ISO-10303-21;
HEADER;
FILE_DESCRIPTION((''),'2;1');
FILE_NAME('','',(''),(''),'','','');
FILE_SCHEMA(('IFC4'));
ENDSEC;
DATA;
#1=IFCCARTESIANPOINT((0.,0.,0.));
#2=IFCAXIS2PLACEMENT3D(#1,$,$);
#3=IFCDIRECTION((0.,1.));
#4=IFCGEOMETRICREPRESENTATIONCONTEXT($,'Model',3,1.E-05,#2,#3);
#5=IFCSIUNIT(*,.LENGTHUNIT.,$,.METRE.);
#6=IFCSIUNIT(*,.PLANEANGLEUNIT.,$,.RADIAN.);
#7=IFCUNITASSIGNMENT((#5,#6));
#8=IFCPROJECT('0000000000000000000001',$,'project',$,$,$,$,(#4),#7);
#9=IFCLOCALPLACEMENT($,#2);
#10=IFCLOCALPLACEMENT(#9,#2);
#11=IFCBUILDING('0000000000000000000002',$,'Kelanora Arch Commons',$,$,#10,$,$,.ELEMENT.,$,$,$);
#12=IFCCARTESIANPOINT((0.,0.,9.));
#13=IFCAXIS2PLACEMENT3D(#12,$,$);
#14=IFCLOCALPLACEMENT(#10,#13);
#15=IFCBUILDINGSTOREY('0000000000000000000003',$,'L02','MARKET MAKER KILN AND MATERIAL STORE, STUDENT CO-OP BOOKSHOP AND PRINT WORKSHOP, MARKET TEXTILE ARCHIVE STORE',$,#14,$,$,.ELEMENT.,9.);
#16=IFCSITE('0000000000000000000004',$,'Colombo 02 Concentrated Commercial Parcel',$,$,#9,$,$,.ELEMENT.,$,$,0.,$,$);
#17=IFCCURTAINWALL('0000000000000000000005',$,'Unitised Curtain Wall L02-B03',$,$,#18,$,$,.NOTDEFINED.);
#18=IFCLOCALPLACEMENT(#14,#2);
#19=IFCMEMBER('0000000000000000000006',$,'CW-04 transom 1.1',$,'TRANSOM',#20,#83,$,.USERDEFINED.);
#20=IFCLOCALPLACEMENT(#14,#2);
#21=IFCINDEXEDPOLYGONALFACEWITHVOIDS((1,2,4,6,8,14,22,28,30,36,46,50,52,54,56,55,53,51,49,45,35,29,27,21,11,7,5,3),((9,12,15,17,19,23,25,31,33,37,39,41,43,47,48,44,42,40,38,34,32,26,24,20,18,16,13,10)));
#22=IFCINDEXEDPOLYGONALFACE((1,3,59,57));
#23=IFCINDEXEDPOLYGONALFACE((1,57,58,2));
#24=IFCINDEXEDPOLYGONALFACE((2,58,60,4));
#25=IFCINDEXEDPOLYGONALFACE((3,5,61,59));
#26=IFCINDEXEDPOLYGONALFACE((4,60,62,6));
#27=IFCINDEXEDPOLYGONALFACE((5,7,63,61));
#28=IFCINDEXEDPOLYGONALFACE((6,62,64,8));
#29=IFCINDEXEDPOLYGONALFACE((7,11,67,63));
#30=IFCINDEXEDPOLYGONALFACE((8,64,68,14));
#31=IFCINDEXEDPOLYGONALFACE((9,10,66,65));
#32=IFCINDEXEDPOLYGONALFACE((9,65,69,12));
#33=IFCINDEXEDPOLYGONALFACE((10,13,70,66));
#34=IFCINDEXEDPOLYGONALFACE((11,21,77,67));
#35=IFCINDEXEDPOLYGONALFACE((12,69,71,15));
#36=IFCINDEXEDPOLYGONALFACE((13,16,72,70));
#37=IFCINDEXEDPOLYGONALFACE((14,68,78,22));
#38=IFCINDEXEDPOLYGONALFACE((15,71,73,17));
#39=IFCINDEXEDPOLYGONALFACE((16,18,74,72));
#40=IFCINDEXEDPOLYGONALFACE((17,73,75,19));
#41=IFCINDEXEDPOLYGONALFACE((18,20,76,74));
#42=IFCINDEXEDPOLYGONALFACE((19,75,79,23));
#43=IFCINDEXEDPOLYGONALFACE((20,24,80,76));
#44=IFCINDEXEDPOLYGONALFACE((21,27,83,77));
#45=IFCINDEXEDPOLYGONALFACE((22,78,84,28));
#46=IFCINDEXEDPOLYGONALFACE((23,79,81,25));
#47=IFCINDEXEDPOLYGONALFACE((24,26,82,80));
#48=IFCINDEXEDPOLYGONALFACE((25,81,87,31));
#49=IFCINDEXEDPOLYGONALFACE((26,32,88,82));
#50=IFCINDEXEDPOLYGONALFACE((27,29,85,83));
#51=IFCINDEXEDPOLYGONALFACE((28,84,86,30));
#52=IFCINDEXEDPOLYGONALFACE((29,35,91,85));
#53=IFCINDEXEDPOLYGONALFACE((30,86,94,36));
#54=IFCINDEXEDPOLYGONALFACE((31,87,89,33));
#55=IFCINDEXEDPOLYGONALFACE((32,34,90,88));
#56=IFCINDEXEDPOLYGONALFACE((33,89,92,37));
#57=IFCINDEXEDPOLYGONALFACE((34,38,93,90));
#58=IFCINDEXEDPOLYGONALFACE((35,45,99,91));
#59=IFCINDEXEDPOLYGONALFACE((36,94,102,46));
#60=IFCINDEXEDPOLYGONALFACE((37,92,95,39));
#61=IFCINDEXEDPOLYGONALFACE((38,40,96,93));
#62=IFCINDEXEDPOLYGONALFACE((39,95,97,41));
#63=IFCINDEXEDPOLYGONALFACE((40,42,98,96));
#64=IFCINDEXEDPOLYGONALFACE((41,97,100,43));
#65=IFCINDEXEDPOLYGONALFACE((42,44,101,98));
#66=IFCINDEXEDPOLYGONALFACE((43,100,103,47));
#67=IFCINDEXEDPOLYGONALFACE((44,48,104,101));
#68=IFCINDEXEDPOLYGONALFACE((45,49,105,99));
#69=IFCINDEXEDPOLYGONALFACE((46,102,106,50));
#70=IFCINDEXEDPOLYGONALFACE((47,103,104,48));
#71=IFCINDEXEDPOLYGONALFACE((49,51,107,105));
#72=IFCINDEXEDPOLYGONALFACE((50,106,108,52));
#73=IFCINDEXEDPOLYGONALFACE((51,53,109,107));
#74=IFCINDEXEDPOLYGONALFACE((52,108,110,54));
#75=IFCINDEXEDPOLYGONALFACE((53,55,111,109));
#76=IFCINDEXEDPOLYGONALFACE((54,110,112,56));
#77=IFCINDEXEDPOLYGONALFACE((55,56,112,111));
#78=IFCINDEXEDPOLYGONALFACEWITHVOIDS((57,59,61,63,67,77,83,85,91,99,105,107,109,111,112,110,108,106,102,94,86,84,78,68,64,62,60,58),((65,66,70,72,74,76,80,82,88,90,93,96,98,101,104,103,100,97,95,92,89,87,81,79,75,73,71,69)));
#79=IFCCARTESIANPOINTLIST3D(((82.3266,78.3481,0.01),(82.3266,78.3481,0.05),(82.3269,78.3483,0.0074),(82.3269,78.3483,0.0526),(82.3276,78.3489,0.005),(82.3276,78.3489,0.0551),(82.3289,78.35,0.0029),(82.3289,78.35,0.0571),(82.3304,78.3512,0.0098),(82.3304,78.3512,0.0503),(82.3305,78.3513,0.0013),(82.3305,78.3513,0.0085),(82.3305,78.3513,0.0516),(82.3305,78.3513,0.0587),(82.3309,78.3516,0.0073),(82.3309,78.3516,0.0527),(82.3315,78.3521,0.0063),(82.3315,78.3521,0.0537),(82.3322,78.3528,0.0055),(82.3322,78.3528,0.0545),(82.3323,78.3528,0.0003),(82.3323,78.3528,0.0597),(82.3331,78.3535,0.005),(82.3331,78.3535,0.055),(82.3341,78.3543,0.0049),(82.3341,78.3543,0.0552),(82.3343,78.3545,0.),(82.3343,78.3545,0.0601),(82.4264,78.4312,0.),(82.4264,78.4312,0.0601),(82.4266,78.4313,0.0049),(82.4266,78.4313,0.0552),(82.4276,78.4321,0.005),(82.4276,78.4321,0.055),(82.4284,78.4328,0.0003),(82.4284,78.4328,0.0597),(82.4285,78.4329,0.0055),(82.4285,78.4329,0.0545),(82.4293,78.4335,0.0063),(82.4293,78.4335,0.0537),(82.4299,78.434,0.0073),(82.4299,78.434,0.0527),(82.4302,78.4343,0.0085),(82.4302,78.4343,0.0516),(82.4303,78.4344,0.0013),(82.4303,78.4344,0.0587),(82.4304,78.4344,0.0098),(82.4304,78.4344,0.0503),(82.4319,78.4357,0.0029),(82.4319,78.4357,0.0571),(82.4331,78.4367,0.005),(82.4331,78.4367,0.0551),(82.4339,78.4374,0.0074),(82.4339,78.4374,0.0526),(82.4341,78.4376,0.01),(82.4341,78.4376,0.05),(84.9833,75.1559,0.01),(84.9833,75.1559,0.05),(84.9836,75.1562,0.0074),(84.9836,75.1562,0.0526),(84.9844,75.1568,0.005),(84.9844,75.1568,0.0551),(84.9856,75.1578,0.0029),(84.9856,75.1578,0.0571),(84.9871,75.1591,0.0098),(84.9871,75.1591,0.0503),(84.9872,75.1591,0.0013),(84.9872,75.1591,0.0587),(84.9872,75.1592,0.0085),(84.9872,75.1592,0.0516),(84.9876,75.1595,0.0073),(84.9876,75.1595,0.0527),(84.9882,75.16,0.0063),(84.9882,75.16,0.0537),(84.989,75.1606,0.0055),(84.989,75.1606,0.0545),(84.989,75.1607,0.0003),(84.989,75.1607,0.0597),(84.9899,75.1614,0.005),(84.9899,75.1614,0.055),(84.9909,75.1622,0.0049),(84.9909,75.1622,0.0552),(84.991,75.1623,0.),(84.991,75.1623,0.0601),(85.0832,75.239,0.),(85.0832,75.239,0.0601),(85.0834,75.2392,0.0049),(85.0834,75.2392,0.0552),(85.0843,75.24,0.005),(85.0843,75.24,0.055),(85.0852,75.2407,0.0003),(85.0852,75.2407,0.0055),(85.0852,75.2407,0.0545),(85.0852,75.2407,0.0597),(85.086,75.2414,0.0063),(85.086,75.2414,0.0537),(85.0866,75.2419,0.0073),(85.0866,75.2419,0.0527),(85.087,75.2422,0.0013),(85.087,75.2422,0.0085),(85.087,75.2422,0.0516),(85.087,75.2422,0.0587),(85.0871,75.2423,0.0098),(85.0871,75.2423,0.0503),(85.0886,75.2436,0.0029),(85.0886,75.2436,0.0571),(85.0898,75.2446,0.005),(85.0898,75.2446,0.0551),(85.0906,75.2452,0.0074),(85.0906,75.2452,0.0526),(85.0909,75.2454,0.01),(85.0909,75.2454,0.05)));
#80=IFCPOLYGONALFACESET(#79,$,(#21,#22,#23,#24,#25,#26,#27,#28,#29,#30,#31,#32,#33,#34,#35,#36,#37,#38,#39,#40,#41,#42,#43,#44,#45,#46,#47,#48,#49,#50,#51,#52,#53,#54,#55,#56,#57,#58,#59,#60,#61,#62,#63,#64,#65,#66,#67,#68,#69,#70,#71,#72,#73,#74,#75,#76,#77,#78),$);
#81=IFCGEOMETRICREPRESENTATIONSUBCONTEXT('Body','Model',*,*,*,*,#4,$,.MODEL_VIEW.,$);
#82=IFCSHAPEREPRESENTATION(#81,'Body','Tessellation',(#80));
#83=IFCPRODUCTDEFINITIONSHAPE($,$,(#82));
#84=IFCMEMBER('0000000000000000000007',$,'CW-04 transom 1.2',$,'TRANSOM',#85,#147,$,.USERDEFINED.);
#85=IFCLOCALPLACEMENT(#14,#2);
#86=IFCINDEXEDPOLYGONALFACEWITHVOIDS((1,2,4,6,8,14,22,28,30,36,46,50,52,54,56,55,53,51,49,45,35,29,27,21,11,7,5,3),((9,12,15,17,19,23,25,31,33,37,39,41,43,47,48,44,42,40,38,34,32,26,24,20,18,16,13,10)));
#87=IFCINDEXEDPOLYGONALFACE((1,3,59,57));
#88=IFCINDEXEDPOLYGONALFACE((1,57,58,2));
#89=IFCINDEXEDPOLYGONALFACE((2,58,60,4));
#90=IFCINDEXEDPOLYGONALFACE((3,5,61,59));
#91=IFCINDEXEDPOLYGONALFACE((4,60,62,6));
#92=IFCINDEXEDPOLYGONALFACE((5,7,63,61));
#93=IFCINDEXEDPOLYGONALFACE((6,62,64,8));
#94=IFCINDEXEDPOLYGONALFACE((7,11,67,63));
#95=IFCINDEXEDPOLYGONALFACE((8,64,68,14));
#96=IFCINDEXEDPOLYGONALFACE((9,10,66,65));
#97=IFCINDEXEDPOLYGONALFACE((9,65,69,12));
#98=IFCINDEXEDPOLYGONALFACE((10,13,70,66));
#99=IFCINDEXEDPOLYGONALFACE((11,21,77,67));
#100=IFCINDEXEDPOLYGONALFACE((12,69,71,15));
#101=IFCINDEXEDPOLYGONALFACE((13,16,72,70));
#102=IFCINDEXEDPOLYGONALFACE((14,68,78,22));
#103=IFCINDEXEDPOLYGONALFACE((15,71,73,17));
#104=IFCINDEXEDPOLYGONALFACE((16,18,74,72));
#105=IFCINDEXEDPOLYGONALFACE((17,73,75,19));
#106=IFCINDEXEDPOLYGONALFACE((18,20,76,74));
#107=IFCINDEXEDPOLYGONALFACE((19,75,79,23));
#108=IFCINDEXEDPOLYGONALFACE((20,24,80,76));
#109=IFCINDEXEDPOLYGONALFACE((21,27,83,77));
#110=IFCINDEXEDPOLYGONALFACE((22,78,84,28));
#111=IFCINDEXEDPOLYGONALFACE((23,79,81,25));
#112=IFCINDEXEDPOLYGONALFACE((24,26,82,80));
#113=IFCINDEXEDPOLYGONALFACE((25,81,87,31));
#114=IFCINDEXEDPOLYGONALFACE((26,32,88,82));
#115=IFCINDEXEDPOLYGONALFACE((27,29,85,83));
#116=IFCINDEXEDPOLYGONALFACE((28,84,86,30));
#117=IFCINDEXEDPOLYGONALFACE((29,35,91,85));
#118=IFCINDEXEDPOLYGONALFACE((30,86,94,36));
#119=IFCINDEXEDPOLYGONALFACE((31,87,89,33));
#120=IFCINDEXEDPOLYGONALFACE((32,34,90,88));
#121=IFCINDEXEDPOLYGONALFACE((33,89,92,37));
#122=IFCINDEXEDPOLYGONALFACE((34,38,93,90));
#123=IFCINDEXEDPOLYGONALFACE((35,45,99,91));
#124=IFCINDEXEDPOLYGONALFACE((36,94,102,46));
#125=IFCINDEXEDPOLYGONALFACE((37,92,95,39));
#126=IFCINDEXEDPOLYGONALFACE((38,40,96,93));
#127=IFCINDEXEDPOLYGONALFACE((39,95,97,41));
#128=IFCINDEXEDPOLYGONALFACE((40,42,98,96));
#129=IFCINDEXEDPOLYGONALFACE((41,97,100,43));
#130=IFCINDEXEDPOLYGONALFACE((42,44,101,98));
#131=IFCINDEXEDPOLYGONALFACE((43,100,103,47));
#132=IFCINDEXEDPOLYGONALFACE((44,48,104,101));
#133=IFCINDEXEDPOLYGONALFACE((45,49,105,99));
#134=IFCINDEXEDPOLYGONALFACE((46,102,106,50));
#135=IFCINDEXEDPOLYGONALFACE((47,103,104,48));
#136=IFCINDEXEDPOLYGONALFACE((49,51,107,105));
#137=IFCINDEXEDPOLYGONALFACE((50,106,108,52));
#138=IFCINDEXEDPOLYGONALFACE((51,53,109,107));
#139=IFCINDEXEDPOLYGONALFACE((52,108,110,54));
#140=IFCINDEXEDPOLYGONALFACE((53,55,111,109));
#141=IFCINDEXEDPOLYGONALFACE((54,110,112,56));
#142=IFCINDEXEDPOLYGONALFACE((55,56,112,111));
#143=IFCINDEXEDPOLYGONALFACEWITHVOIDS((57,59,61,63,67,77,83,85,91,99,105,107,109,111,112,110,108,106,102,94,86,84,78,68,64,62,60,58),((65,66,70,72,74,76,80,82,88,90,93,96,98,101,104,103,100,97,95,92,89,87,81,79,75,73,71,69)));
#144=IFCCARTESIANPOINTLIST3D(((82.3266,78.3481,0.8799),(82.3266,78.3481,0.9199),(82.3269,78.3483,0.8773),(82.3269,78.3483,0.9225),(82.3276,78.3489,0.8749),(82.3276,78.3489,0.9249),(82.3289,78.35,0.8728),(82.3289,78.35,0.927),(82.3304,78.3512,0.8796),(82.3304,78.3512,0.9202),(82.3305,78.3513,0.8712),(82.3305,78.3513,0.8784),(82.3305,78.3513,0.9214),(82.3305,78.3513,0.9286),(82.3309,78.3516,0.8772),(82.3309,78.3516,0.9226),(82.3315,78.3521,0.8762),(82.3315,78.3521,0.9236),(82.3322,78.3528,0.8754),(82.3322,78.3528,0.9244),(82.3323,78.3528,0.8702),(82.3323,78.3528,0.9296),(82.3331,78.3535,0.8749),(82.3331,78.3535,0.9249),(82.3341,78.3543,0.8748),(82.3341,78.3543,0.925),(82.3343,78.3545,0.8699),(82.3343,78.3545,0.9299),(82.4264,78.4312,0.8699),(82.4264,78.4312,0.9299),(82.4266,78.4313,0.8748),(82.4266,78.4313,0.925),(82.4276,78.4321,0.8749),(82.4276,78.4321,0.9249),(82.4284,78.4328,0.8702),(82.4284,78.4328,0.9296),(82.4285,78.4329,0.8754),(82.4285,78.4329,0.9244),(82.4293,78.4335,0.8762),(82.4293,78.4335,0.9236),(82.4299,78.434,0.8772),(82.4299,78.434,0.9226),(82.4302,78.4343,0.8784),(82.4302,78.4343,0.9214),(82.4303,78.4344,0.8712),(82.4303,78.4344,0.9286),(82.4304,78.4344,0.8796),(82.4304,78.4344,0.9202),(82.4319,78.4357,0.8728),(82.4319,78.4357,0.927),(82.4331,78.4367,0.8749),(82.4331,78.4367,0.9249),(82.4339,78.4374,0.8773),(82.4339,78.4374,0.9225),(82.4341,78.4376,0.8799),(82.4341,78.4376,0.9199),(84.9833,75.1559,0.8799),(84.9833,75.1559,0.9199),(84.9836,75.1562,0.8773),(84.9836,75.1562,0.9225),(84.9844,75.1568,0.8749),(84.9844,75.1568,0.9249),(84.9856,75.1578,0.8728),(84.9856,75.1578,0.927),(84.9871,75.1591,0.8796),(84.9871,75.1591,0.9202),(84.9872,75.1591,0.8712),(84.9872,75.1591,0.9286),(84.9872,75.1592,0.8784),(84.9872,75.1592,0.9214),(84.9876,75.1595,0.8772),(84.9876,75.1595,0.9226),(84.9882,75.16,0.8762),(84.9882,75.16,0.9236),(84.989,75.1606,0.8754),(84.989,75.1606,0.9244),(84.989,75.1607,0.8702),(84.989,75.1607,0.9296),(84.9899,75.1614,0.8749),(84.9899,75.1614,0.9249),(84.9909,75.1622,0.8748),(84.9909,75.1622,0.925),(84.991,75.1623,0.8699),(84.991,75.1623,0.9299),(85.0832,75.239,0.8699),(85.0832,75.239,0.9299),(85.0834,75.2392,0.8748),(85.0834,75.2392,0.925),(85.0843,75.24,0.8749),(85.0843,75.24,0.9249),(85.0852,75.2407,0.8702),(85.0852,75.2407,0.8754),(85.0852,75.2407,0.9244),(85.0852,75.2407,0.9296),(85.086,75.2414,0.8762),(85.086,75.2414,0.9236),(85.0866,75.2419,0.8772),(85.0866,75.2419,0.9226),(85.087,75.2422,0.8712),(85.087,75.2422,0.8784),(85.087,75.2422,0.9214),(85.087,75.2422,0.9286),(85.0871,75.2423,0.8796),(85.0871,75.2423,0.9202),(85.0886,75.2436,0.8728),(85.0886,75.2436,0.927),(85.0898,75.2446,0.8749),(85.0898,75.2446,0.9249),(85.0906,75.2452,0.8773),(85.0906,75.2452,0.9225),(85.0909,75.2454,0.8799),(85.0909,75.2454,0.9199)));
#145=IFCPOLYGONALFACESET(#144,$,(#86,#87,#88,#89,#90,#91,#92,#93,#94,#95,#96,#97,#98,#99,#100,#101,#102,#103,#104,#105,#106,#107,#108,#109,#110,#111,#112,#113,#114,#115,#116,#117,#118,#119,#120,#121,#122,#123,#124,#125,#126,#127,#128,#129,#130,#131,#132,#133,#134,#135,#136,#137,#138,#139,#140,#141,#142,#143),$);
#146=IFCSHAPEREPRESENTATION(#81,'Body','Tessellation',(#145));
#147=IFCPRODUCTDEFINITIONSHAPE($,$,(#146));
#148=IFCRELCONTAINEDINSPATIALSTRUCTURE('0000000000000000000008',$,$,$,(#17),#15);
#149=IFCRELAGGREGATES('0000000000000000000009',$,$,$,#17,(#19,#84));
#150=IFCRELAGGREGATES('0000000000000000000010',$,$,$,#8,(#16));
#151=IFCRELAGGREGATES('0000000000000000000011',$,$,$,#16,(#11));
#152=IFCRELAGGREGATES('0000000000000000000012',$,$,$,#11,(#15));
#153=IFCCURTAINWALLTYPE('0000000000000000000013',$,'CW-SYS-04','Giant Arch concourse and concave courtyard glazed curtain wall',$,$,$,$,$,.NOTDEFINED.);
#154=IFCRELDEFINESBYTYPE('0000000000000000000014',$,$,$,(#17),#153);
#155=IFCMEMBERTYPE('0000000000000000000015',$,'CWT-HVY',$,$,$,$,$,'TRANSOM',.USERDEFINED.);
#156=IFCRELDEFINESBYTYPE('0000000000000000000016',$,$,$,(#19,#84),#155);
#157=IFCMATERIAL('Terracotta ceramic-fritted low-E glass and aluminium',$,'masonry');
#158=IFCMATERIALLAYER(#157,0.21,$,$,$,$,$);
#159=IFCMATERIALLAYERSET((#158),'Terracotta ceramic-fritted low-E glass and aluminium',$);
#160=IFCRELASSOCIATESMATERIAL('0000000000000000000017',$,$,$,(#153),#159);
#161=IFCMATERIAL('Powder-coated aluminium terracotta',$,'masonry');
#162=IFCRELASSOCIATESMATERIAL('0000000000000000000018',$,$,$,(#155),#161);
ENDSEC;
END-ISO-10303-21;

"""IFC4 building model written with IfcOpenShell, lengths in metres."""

from ifc_helpers import new_model, si_unit, direction, frame, origin, origin_2d, place, context, subcontext, project, spatial, hollow_rectangle, extrude, material, layer, layer_set, material_profile, profile_set, type_object, element, aggregate, save


model = new_model("IFC4")

# Units and contexts
model_context = context("Model", 3, precision=1e-05, world=origin(), true_north=direction((0.0, 1.0)))
body_context = subcontext(model_context, "Body", "Model", "MODEL_VIEW")
ifc_project = project(units=[si_unit("LENGTHUNIT", "METRE"), si_unit("PLANEANGLEUNIT", "RADIAN")], contexts=[model_context])

# Site, building, storey
site_placement = place(None, origin())
site = spatial("IfcSite", under=ifc_project, at=site_placement, Name="Colombo 02 Concentrated Commercial Parcel", CompositionType="ELEMENT", RefElevation=0.0)
building_placement = place(site_placement, origin())
building = spatial("IfcBuilding", under=site, at=building_placement, Name="Kelanora Arch Commons", CompositionType="ELEMENT")
storey_placement = place(building_placement, frame((0.0, 0.0, 9.0)))
storey = spatial("IfcBuildingStorey", under=building, at=storey_placement, Name="L02", Description="MARKET MAKER KILN AND MATERIAL STORE, STUDENT CO-OP BOOKSHOP AND PRINT WORKSHOP, MARKET TEXTILE ARCHIVE STORE", CompositionType="ELEMENT", Elevation=9.0)

# Curtain wall
ifc_material_1 = material(Name="Terracotta ceramic-fritted low-E glass and aluminium", Category="masonry")
ifc_layer_1 = layer(ifc_material_1, 0.21)
ifc_layer_set_1 = layer_set([ifc_layer_1], Name="Terracotta ceramic-fritted low-E glass and aluminium")
curtain_wall_type = type_object("IfcCurtainWallType", Name="CW-SYS-04", Description="Giant Arch concourse and concave courtyard glazed curtain wall", PredefinedType="NOTDEFINED", material=ifc_layer_set_1)
ifc_material_2 = material(Name="Powder-coated aluminium terracotta", Category="masonry")
curtain_wall_1_placement = place(storey_placement, origin())
curtain_wall_1 = element("IfcCurtainWall", 1, at=curtain_wall_1_placement, inside=storey, type_object=curtain_wall_type, Name="Unitised Curtain Wall L02-B03", PredefinedType="NOTDEFINED")

# Members
ifc_material_profile_1 = material_profile(ifc_material_2, hollow_rectangle(XDim=0.1399, YDim=0.0601, WallThickness=0.0049, InnerFilletRadius=0.0049, OuterFilletRadius=0.01, at=origin_2d()), Name="CWT140x60")
ifc_profile_set_1 = profile_set([ifc_material_profile_1], Name="Powder-coated aluminium terracotta")
member_type_1 = type_object("IfcMemberType", Name="CWT-HVY", ElementType="TRANSOM", PredefinedType="USERDEFINED", material=ifc_profile_set_1)
member_1_placement = place(storey_placement, frame((85.0371, 75.2007, 0.03), z_axis=(-0.639704, 0.768621, 0.0), x_axis=(-0.768621, -0.639704, 0.0)))
member_1 = element("IfcMember", 2, at=member_1_placement, type_object=member_type_1, Name="CW-04 transom 1.1", ObjectType="TRANSOM", PredefinedType="USERDEFINED", context=body_context, shape_type="SweptSolid", body=[
    extrude(hollow_rectangle(XDim=0.1399, YDim=0.0601, WallThickness=0.0049, InnerFilletRadius=0.0049, OuterFilletRadius=0.01, at=origin_2d()), origin(), (0.0, 0.0, 1.0), 4.1531),
])
member_2_placement = place(storey_placement, frame((85.0371, 75.2007, 0.8999), z_axis=(-0.639704, 0.768621, 0.0), x_axis=(-0.768621, -0.639704, 0.0)))
member_2 = element("IfcMember", 3, at=member_2_placement, type_object=member_type_1, Name="CW-04 transom 1.2", ObjectType="TRANSOM", PredefinedType="USERDEFINED", context=body_context, shape_type="SweptSolid", body=[
    extrude(hollow_rectangle(XDim=0.1399, YDim=0.0601, WallThickness=0.0049, InnerFilletRadius=0.0049, OuterFilletRadius=0.01, at=origin_2d()), origin(), (0.0, 0.0, 1.0), 4.1531),
])

aggregate(curtain_wall_1, [member_1, member_2])

save(model, "model.ifc")
